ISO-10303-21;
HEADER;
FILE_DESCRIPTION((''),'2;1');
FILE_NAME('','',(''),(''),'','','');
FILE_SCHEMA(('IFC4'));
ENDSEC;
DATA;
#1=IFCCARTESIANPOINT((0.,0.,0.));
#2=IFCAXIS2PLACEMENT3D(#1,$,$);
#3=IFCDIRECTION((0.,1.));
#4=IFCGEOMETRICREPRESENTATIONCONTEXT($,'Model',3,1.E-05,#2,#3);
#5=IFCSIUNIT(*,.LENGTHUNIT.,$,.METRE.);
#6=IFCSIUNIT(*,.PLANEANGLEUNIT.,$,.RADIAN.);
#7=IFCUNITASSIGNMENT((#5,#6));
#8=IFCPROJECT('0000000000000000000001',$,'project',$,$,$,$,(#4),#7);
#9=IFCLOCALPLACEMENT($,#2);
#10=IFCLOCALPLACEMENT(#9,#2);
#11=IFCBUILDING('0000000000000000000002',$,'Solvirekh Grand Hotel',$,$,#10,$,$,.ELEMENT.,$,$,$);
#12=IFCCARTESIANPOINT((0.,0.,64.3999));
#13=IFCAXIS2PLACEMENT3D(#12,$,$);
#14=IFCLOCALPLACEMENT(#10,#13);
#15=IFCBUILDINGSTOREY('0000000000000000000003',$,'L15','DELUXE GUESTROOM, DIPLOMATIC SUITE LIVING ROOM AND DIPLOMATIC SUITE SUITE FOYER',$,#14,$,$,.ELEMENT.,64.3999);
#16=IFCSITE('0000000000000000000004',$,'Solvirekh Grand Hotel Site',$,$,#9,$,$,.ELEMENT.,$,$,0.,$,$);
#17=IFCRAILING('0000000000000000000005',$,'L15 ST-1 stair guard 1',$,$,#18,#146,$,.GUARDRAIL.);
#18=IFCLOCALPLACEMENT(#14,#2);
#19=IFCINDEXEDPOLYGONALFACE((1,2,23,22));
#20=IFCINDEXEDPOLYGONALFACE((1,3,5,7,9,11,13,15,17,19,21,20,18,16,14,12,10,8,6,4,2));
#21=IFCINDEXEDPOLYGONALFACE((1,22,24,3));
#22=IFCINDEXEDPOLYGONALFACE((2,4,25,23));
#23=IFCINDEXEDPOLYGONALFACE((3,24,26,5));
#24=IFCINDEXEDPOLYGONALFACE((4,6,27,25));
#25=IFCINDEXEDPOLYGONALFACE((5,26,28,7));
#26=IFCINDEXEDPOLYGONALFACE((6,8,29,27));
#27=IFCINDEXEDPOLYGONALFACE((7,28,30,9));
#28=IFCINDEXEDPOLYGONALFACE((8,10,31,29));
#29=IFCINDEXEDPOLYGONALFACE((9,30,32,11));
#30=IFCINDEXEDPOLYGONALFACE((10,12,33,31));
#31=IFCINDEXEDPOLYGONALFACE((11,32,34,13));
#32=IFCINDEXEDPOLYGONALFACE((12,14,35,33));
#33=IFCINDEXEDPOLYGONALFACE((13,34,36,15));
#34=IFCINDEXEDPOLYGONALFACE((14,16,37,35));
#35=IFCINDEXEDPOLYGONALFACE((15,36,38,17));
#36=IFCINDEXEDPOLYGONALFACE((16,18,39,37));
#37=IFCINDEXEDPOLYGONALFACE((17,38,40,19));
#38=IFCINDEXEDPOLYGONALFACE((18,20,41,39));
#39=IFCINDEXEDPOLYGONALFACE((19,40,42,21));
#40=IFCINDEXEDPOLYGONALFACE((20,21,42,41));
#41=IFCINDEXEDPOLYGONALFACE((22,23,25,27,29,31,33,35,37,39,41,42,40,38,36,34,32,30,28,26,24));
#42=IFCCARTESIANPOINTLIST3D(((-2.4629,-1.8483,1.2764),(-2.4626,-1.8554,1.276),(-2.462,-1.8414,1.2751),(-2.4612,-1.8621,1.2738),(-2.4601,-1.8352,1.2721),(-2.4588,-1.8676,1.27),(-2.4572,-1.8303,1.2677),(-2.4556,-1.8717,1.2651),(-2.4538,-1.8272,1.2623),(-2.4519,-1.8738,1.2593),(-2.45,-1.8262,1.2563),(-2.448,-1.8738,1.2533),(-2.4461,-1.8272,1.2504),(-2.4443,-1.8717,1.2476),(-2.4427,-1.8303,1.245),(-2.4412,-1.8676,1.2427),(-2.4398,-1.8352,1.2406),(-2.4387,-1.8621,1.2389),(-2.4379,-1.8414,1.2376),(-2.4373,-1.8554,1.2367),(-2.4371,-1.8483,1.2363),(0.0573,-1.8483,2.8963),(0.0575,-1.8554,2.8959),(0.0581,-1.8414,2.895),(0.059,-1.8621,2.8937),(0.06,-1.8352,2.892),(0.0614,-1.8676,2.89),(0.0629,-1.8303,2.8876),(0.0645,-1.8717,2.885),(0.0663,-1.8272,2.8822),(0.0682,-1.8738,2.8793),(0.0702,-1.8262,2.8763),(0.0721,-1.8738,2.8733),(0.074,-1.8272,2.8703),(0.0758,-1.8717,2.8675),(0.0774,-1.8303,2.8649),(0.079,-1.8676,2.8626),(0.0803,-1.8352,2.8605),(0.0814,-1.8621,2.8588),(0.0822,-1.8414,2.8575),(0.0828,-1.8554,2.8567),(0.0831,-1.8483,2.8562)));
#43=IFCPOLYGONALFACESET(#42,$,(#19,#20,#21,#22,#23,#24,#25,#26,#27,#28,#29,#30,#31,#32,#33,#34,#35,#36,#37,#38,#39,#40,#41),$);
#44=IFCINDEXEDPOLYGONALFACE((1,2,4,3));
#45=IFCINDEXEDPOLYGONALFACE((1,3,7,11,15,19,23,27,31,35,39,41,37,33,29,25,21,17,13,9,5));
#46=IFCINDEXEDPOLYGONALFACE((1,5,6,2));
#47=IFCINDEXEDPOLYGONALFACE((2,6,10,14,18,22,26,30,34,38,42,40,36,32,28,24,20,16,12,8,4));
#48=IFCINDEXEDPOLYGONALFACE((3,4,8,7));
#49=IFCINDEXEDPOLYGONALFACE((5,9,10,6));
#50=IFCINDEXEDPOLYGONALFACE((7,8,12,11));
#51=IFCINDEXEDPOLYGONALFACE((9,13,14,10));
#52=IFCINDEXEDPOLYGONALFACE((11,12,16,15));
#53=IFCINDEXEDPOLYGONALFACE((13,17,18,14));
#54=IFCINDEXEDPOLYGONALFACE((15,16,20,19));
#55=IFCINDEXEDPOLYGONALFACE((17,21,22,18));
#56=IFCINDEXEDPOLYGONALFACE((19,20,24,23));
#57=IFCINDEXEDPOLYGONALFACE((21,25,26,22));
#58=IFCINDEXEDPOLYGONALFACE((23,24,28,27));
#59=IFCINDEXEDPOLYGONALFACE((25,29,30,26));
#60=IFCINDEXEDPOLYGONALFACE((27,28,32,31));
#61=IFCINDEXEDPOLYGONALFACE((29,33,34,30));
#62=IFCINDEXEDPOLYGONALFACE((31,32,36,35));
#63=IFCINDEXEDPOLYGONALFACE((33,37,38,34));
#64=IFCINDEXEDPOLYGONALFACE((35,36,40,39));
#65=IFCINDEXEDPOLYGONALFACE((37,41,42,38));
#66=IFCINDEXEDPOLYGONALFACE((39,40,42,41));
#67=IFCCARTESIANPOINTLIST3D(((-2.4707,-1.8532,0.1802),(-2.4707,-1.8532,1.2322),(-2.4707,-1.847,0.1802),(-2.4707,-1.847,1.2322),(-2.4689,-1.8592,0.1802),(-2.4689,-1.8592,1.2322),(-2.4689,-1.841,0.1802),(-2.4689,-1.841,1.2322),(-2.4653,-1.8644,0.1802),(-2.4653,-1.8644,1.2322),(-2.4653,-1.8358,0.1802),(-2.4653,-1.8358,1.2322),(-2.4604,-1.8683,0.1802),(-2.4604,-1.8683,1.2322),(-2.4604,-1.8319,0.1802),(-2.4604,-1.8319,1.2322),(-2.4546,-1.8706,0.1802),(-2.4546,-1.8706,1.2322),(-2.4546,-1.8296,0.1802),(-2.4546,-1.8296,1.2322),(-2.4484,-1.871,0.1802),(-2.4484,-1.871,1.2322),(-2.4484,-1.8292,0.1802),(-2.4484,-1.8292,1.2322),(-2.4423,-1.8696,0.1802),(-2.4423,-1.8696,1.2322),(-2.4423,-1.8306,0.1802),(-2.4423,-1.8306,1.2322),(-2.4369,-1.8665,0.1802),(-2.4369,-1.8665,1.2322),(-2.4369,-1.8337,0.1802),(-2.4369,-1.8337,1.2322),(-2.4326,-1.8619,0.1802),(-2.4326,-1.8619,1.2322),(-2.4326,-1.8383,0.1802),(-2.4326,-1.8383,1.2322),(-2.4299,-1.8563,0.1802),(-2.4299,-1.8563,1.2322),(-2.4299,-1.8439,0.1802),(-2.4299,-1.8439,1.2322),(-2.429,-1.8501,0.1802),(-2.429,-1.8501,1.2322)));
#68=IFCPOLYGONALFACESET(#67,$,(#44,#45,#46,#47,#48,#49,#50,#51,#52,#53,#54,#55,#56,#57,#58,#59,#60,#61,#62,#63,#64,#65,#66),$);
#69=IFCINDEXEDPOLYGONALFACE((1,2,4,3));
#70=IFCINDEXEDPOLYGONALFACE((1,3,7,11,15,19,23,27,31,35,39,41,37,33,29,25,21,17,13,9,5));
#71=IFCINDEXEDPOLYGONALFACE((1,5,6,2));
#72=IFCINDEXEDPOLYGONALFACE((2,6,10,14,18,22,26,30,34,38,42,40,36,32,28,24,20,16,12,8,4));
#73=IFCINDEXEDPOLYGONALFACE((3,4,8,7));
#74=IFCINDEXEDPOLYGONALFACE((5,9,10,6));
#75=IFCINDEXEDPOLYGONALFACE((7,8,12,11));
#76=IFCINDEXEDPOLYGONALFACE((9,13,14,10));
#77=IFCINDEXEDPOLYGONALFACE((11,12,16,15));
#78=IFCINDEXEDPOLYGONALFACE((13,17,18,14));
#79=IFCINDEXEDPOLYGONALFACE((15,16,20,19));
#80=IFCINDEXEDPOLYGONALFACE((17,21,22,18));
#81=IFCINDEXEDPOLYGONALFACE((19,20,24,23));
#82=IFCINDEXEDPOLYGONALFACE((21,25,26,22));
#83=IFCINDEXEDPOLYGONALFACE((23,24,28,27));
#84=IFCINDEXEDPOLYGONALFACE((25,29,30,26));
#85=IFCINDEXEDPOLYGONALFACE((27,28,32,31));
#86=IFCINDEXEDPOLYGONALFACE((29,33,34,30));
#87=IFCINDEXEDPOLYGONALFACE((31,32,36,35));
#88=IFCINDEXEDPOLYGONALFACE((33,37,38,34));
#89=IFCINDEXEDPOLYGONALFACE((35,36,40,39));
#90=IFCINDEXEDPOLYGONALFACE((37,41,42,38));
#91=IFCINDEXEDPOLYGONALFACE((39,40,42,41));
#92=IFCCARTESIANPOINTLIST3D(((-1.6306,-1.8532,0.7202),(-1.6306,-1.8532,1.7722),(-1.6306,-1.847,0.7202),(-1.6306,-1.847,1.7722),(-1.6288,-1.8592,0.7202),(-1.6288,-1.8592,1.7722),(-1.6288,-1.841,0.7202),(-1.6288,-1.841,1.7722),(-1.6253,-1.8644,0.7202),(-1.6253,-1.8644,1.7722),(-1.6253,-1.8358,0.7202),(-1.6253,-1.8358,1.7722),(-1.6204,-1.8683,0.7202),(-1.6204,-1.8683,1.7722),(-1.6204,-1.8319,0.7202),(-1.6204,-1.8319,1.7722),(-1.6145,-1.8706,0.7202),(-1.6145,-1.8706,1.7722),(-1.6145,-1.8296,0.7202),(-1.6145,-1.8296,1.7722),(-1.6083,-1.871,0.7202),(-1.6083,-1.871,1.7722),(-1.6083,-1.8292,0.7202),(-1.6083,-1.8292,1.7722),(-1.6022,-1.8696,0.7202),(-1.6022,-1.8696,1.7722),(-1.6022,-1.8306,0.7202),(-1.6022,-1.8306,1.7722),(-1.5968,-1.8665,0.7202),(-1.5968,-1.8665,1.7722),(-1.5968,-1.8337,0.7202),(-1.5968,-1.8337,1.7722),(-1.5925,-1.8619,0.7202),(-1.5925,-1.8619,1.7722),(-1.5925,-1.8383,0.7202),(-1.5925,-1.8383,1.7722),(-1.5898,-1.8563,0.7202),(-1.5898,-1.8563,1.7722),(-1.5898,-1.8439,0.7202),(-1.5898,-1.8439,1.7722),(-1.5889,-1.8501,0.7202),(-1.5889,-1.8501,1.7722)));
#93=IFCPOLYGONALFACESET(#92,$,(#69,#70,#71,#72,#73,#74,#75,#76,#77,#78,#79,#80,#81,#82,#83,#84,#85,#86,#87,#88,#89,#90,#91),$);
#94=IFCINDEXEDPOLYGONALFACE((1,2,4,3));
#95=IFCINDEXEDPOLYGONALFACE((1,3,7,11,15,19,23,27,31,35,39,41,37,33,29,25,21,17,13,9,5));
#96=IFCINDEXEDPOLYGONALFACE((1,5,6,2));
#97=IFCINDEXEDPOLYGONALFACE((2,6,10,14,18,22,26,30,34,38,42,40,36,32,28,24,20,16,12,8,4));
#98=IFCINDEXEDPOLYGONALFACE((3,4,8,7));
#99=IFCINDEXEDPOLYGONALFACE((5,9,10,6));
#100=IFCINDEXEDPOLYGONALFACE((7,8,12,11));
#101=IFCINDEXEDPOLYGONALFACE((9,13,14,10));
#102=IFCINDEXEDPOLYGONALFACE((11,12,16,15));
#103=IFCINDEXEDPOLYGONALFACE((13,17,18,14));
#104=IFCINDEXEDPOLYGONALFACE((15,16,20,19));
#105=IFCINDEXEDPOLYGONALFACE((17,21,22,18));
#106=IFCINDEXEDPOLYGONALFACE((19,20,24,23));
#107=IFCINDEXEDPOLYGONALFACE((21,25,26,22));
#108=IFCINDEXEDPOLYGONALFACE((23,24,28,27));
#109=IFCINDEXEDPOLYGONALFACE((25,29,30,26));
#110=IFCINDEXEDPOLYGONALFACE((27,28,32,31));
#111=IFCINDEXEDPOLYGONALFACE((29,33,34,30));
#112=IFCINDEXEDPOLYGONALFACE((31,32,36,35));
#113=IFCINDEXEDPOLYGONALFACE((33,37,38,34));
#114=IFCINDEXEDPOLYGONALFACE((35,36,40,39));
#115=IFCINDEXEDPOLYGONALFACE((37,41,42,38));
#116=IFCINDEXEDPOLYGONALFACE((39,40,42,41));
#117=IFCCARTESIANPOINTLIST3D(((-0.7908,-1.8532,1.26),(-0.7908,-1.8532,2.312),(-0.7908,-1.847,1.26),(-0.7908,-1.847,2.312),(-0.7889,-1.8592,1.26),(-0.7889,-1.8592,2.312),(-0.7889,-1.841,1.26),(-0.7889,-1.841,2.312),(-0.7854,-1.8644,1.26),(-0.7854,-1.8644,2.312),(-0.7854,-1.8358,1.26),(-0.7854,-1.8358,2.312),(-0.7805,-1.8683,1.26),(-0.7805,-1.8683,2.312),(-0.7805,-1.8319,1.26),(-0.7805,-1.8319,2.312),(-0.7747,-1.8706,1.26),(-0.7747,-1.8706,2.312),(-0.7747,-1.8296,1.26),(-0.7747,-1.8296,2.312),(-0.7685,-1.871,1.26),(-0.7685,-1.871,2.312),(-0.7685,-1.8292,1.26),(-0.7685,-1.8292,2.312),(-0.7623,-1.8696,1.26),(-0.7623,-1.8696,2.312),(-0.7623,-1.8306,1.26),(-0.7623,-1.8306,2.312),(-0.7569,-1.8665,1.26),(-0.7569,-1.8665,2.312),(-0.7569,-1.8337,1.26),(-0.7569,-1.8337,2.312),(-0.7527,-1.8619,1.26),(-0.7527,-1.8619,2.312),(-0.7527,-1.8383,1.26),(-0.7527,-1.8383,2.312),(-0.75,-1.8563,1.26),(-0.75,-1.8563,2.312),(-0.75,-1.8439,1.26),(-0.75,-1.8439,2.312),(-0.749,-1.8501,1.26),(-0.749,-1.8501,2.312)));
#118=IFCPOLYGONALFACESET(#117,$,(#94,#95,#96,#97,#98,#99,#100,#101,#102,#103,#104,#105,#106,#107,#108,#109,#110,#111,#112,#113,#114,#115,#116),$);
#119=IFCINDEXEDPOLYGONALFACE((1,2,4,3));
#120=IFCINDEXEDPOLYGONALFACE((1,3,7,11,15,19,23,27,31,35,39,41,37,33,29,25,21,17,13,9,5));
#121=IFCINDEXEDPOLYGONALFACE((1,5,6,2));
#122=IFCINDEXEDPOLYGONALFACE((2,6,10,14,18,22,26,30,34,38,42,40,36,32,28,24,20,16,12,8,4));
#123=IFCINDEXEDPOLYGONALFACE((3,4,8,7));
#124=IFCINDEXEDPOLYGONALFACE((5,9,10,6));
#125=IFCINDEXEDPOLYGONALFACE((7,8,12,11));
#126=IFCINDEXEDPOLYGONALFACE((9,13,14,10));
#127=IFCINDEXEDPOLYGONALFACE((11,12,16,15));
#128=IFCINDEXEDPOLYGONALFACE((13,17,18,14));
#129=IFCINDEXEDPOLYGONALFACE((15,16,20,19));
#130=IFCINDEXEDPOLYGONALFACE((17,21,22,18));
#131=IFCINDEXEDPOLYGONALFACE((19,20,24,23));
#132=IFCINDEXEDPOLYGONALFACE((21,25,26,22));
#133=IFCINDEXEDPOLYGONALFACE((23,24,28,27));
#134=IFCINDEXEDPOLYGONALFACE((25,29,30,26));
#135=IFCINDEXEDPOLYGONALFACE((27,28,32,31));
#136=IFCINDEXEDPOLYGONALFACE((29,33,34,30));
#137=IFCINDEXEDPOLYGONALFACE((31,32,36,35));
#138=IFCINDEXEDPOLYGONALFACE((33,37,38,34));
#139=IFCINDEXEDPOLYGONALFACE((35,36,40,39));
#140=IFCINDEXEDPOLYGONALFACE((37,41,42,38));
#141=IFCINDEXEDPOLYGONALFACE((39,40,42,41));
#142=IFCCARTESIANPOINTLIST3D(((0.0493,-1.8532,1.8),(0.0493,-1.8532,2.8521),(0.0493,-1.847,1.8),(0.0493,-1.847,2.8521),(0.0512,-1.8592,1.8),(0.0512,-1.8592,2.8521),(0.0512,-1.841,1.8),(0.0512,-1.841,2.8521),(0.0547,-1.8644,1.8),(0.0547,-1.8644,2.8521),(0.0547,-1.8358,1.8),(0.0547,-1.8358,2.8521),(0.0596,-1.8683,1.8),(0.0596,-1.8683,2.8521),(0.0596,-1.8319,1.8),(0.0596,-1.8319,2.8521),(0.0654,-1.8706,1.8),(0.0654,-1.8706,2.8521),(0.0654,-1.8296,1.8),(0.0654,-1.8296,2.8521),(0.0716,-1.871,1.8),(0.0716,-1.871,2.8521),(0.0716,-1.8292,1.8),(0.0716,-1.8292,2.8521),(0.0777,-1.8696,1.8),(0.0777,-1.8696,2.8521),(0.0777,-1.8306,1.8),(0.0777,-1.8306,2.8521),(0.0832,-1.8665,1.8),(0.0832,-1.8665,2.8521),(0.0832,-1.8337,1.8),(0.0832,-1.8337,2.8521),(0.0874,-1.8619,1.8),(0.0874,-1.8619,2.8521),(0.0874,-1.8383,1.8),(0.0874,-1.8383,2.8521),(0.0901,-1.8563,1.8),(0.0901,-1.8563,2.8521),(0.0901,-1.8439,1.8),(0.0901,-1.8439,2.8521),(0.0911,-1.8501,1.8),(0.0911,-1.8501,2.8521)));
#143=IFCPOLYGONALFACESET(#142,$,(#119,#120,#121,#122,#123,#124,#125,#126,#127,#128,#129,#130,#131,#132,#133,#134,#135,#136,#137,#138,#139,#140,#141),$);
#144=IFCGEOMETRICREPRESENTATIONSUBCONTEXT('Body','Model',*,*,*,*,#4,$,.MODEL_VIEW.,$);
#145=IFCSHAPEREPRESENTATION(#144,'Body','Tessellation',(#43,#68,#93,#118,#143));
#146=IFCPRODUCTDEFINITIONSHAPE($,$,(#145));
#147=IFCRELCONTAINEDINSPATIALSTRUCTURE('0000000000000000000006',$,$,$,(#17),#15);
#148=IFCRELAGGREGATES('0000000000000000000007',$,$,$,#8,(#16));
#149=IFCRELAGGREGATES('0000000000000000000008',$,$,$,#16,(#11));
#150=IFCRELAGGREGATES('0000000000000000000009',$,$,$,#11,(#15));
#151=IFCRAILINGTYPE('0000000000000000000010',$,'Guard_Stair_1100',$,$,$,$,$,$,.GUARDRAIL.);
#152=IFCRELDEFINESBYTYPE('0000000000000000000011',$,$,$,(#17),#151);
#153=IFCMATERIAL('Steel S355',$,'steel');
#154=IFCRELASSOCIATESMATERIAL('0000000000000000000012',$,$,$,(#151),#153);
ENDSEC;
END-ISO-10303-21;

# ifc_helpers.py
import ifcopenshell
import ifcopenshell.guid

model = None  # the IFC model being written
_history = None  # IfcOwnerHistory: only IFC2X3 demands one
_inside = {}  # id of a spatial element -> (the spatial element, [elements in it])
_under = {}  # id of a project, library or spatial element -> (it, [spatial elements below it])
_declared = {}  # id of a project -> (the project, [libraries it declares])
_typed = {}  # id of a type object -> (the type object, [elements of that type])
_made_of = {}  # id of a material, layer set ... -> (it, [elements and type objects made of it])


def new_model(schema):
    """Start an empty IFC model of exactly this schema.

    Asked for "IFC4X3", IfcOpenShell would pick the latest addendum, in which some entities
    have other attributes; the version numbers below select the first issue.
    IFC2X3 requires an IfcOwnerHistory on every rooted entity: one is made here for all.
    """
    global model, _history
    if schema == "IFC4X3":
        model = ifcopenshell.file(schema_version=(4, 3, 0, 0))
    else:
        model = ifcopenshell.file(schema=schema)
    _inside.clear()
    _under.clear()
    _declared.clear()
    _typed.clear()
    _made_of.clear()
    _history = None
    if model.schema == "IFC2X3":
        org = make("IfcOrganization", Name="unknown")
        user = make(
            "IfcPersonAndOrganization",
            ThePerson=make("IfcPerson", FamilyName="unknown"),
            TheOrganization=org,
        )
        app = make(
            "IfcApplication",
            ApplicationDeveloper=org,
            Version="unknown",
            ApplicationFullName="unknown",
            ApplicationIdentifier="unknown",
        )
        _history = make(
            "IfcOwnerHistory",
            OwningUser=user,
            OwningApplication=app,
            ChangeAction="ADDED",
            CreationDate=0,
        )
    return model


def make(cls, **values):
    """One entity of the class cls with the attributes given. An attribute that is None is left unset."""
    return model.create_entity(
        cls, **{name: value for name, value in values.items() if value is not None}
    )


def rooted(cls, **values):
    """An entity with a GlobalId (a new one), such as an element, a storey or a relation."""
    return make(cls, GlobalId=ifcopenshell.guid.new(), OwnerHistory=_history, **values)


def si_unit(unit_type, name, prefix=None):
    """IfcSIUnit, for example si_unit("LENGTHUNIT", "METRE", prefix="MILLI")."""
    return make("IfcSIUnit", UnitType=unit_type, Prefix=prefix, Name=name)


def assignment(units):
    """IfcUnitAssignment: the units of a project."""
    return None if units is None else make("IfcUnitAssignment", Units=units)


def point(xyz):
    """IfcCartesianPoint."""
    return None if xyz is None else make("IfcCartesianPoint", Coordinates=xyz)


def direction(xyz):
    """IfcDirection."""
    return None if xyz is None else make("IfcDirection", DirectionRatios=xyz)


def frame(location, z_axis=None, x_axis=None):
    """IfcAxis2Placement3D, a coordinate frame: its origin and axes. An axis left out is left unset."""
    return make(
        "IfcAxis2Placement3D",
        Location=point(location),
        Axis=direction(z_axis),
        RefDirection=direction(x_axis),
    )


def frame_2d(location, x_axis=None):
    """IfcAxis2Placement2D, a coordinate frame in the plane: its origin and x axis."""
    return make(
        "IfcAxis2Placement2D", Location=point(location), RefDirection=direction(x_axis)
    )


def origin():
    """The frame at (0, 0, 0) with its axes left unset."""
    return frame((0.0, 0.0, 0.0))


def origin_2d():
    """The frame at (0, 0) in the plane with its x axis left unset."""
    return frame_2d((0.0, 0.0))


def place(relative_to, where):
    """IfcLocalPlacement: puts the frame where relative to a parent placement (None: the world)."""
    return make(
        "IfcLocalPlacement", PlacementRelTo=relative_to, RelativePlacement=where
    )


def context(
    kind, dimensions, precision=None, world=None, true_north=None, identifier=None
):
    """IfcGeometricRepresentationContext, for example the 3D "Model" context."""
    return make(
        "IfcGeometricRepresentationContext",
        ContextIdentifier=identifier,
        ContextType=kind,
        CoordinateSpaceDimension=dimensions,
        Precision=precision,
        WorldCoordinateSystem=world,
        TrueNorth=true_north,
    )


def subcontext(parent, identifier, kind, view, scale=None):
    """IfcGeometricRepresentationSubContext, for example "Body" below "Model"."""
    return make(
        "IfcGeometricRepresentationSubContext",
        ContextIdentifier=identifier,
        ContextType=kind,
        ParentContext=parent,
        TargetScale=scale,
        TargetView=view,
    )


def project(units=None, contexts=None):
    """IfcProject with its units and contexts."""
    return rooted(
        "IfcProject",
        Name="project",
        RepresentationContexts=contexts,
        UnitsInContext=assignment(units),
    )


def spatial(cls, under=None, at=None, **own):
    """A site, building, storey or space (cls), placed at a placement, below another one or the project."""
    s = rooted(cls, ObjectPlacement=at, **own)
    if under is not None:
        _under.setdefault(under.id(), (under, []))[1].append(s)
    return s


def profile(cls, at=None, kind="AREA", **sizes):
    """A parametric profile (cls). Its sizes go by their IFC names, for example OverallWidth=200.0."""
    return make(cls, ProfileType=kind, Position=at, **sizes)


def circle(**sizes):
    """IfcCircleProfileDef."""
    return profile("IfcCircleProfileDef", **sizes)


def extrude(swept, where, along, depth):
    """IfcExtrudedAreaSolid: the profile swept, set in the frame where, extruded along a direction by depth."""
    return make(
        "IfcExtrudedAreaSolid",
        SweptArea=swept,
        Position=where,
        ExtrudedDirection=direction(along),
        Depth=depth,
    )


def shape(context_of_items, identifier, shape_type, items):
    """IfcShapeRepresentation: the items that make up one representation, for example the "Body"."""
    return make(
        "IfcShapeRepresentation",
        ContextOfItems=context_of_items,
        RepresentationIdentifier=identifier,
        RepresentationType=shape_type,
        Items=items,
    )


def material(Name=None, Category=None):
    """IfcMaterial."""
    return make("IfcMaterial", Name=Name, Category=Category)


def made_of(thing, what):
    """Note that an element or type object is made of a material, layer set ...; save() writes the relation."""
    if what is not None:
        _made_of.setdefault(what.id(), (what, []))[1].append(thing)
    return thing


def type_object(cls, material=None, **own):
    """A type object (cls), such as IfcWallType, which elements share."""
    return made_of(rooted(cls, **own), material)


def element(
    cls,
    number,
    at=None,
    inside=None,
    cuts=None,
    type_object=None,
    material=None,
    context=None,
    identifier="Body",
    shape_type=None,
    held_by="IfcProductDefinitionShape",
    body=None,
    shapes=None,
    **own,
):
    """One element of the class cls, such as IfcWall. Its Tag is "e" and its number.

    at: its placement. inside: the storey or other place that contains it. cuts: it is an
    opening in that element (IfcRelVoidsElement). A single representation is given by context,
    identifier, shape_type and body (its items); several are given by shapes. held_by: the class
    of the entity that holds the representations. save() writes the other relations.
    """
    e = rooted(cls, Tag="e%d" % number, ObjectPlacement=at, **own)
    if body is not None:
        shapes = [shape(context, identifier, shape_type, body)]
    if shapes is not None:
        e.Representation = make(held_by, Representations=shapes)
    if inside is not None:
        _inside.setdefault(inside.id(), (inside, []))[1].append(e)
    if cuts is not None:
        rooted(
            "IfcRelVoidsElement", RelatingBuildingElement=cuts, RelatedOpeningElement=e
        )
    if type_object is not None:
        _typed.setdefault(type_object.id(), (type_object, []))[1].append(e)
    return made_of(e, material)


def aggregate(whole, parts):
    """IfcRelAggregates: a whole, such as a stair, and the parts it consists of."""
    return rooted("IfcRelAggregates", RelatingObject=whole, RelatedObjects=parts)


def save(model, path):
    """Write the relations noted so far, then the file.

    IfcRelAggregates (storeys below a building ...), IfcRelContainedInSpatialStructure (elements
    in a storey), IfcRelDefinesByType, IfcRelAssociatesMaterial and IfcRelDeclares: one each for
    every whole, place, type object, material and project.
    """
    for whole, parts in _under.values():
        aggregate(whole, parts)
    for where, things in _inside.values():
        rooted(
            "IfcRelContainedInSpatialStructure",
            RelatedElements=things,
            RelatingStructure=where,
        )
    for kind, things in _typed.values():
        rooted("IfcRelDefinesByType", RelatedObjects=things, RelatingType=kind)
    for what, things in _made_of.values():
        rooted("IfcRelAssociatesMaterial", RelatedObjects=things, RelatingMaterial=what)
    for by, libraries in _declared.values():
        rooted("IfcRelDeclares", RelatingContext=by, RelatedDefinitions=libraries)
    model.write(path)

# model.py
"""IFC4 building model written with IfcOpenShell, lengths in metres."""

from ifc_helpers import new_model, si_unit, direction, frame, origin, origin_2d, place, context, subcontext, project, spatial, circle, extrude, material, type_object, element, save


model = new_model("IFC4")

# Units and contexts
model_context = context("Model", 3, precision=1e-05, world=origin(), true_north=direction((0.0, 1.0)))
body_context = subcontext(model_context, "Body", "Model", "MODEL_VIEW")
ifc_project = project(units=[si_unit("LENGTHUNIT", "METRE"), si_unit("PLANEANGLEUNIT", "RADIAN")], contexts=[model_context])

# Site, building, storey
site_placement = place(None, origin())
site = spatial("IfcSite", under=ifc_project, at=site_placement, Name="Solvirekh Grand Hotel Site", CompositionType="ELEMENT", RefElevation=0.0)
building_placement = place(site_placement, origin())
building = spatial("IfcBuilding", under=site, at=building_placement, Name="Solvirekh Grand Hotel", CompositionType="ELEMENT")
storey_placement = place(building_placement, frame((0.0, 0.0, 64.3999)))
storey = spatial("IfcBuildingStorey", under=building, at=storey_placement, Name="L15", Description="DELUXE GUESTROOM, DIPLOMATIC SUITE LIVING ROOM AND DIPLOMATIC SUITE SUITE FOYER", CompositionType="ELEMENT", Elevation=64.3999)

# Railing
ifc_material_1 = material(Name="Steel S355", Category="steel")
railing_type_1 = type_object("IfcRailingType", Name="Guard_Stair_1100", PredefinedType="GUARDRAIL", material=ifc_material_1)
railing_1_placement = place(storey_placement, frame((-2.45, -1.8501, 0.1802)))
element("IfcRailing", 1, at=railing_1_placement, inside=storey, type_object=railing_type_1, Name="L15 ST-1 stair guard 1", PredefinedType="GUARDRAIL", context=body_context, shape_type="SweptSolid", body=[
    extrude(circle(Radius=0.0239, at=origin_2d()), frame((0.0, 0.0, 1.0762), z_axis=(0.8412, 0.0, 0.540725), x_axis=(0.0, 1.0, 0.0)), (0.0, 0.0, 1.0), 2.9958),
    extrude(circle(Radius=0.021, at=origin_2d()), origin(), (0.0, 0.0, 1.0), 1.052),
    extrude(circle(Radius=0.021, at=origin_2d()), frame((0.8401, 0.0, 0.54)), (0.0, 0.0, 1.0), 1.052),
    extrude(circle(Radius=0.021, at=origin_2d()), frame((1.6799, 0.0, 1.0798)), (0.0, 0.0, 1.0), 1.052),
    extrude(circle(Radius=0.021, at=origin_2d()), frame((2.52, 0.0, 1.6199)), (0.0, 0.0, 1.0), 1.052),
])

save(model, "model.ifc")
